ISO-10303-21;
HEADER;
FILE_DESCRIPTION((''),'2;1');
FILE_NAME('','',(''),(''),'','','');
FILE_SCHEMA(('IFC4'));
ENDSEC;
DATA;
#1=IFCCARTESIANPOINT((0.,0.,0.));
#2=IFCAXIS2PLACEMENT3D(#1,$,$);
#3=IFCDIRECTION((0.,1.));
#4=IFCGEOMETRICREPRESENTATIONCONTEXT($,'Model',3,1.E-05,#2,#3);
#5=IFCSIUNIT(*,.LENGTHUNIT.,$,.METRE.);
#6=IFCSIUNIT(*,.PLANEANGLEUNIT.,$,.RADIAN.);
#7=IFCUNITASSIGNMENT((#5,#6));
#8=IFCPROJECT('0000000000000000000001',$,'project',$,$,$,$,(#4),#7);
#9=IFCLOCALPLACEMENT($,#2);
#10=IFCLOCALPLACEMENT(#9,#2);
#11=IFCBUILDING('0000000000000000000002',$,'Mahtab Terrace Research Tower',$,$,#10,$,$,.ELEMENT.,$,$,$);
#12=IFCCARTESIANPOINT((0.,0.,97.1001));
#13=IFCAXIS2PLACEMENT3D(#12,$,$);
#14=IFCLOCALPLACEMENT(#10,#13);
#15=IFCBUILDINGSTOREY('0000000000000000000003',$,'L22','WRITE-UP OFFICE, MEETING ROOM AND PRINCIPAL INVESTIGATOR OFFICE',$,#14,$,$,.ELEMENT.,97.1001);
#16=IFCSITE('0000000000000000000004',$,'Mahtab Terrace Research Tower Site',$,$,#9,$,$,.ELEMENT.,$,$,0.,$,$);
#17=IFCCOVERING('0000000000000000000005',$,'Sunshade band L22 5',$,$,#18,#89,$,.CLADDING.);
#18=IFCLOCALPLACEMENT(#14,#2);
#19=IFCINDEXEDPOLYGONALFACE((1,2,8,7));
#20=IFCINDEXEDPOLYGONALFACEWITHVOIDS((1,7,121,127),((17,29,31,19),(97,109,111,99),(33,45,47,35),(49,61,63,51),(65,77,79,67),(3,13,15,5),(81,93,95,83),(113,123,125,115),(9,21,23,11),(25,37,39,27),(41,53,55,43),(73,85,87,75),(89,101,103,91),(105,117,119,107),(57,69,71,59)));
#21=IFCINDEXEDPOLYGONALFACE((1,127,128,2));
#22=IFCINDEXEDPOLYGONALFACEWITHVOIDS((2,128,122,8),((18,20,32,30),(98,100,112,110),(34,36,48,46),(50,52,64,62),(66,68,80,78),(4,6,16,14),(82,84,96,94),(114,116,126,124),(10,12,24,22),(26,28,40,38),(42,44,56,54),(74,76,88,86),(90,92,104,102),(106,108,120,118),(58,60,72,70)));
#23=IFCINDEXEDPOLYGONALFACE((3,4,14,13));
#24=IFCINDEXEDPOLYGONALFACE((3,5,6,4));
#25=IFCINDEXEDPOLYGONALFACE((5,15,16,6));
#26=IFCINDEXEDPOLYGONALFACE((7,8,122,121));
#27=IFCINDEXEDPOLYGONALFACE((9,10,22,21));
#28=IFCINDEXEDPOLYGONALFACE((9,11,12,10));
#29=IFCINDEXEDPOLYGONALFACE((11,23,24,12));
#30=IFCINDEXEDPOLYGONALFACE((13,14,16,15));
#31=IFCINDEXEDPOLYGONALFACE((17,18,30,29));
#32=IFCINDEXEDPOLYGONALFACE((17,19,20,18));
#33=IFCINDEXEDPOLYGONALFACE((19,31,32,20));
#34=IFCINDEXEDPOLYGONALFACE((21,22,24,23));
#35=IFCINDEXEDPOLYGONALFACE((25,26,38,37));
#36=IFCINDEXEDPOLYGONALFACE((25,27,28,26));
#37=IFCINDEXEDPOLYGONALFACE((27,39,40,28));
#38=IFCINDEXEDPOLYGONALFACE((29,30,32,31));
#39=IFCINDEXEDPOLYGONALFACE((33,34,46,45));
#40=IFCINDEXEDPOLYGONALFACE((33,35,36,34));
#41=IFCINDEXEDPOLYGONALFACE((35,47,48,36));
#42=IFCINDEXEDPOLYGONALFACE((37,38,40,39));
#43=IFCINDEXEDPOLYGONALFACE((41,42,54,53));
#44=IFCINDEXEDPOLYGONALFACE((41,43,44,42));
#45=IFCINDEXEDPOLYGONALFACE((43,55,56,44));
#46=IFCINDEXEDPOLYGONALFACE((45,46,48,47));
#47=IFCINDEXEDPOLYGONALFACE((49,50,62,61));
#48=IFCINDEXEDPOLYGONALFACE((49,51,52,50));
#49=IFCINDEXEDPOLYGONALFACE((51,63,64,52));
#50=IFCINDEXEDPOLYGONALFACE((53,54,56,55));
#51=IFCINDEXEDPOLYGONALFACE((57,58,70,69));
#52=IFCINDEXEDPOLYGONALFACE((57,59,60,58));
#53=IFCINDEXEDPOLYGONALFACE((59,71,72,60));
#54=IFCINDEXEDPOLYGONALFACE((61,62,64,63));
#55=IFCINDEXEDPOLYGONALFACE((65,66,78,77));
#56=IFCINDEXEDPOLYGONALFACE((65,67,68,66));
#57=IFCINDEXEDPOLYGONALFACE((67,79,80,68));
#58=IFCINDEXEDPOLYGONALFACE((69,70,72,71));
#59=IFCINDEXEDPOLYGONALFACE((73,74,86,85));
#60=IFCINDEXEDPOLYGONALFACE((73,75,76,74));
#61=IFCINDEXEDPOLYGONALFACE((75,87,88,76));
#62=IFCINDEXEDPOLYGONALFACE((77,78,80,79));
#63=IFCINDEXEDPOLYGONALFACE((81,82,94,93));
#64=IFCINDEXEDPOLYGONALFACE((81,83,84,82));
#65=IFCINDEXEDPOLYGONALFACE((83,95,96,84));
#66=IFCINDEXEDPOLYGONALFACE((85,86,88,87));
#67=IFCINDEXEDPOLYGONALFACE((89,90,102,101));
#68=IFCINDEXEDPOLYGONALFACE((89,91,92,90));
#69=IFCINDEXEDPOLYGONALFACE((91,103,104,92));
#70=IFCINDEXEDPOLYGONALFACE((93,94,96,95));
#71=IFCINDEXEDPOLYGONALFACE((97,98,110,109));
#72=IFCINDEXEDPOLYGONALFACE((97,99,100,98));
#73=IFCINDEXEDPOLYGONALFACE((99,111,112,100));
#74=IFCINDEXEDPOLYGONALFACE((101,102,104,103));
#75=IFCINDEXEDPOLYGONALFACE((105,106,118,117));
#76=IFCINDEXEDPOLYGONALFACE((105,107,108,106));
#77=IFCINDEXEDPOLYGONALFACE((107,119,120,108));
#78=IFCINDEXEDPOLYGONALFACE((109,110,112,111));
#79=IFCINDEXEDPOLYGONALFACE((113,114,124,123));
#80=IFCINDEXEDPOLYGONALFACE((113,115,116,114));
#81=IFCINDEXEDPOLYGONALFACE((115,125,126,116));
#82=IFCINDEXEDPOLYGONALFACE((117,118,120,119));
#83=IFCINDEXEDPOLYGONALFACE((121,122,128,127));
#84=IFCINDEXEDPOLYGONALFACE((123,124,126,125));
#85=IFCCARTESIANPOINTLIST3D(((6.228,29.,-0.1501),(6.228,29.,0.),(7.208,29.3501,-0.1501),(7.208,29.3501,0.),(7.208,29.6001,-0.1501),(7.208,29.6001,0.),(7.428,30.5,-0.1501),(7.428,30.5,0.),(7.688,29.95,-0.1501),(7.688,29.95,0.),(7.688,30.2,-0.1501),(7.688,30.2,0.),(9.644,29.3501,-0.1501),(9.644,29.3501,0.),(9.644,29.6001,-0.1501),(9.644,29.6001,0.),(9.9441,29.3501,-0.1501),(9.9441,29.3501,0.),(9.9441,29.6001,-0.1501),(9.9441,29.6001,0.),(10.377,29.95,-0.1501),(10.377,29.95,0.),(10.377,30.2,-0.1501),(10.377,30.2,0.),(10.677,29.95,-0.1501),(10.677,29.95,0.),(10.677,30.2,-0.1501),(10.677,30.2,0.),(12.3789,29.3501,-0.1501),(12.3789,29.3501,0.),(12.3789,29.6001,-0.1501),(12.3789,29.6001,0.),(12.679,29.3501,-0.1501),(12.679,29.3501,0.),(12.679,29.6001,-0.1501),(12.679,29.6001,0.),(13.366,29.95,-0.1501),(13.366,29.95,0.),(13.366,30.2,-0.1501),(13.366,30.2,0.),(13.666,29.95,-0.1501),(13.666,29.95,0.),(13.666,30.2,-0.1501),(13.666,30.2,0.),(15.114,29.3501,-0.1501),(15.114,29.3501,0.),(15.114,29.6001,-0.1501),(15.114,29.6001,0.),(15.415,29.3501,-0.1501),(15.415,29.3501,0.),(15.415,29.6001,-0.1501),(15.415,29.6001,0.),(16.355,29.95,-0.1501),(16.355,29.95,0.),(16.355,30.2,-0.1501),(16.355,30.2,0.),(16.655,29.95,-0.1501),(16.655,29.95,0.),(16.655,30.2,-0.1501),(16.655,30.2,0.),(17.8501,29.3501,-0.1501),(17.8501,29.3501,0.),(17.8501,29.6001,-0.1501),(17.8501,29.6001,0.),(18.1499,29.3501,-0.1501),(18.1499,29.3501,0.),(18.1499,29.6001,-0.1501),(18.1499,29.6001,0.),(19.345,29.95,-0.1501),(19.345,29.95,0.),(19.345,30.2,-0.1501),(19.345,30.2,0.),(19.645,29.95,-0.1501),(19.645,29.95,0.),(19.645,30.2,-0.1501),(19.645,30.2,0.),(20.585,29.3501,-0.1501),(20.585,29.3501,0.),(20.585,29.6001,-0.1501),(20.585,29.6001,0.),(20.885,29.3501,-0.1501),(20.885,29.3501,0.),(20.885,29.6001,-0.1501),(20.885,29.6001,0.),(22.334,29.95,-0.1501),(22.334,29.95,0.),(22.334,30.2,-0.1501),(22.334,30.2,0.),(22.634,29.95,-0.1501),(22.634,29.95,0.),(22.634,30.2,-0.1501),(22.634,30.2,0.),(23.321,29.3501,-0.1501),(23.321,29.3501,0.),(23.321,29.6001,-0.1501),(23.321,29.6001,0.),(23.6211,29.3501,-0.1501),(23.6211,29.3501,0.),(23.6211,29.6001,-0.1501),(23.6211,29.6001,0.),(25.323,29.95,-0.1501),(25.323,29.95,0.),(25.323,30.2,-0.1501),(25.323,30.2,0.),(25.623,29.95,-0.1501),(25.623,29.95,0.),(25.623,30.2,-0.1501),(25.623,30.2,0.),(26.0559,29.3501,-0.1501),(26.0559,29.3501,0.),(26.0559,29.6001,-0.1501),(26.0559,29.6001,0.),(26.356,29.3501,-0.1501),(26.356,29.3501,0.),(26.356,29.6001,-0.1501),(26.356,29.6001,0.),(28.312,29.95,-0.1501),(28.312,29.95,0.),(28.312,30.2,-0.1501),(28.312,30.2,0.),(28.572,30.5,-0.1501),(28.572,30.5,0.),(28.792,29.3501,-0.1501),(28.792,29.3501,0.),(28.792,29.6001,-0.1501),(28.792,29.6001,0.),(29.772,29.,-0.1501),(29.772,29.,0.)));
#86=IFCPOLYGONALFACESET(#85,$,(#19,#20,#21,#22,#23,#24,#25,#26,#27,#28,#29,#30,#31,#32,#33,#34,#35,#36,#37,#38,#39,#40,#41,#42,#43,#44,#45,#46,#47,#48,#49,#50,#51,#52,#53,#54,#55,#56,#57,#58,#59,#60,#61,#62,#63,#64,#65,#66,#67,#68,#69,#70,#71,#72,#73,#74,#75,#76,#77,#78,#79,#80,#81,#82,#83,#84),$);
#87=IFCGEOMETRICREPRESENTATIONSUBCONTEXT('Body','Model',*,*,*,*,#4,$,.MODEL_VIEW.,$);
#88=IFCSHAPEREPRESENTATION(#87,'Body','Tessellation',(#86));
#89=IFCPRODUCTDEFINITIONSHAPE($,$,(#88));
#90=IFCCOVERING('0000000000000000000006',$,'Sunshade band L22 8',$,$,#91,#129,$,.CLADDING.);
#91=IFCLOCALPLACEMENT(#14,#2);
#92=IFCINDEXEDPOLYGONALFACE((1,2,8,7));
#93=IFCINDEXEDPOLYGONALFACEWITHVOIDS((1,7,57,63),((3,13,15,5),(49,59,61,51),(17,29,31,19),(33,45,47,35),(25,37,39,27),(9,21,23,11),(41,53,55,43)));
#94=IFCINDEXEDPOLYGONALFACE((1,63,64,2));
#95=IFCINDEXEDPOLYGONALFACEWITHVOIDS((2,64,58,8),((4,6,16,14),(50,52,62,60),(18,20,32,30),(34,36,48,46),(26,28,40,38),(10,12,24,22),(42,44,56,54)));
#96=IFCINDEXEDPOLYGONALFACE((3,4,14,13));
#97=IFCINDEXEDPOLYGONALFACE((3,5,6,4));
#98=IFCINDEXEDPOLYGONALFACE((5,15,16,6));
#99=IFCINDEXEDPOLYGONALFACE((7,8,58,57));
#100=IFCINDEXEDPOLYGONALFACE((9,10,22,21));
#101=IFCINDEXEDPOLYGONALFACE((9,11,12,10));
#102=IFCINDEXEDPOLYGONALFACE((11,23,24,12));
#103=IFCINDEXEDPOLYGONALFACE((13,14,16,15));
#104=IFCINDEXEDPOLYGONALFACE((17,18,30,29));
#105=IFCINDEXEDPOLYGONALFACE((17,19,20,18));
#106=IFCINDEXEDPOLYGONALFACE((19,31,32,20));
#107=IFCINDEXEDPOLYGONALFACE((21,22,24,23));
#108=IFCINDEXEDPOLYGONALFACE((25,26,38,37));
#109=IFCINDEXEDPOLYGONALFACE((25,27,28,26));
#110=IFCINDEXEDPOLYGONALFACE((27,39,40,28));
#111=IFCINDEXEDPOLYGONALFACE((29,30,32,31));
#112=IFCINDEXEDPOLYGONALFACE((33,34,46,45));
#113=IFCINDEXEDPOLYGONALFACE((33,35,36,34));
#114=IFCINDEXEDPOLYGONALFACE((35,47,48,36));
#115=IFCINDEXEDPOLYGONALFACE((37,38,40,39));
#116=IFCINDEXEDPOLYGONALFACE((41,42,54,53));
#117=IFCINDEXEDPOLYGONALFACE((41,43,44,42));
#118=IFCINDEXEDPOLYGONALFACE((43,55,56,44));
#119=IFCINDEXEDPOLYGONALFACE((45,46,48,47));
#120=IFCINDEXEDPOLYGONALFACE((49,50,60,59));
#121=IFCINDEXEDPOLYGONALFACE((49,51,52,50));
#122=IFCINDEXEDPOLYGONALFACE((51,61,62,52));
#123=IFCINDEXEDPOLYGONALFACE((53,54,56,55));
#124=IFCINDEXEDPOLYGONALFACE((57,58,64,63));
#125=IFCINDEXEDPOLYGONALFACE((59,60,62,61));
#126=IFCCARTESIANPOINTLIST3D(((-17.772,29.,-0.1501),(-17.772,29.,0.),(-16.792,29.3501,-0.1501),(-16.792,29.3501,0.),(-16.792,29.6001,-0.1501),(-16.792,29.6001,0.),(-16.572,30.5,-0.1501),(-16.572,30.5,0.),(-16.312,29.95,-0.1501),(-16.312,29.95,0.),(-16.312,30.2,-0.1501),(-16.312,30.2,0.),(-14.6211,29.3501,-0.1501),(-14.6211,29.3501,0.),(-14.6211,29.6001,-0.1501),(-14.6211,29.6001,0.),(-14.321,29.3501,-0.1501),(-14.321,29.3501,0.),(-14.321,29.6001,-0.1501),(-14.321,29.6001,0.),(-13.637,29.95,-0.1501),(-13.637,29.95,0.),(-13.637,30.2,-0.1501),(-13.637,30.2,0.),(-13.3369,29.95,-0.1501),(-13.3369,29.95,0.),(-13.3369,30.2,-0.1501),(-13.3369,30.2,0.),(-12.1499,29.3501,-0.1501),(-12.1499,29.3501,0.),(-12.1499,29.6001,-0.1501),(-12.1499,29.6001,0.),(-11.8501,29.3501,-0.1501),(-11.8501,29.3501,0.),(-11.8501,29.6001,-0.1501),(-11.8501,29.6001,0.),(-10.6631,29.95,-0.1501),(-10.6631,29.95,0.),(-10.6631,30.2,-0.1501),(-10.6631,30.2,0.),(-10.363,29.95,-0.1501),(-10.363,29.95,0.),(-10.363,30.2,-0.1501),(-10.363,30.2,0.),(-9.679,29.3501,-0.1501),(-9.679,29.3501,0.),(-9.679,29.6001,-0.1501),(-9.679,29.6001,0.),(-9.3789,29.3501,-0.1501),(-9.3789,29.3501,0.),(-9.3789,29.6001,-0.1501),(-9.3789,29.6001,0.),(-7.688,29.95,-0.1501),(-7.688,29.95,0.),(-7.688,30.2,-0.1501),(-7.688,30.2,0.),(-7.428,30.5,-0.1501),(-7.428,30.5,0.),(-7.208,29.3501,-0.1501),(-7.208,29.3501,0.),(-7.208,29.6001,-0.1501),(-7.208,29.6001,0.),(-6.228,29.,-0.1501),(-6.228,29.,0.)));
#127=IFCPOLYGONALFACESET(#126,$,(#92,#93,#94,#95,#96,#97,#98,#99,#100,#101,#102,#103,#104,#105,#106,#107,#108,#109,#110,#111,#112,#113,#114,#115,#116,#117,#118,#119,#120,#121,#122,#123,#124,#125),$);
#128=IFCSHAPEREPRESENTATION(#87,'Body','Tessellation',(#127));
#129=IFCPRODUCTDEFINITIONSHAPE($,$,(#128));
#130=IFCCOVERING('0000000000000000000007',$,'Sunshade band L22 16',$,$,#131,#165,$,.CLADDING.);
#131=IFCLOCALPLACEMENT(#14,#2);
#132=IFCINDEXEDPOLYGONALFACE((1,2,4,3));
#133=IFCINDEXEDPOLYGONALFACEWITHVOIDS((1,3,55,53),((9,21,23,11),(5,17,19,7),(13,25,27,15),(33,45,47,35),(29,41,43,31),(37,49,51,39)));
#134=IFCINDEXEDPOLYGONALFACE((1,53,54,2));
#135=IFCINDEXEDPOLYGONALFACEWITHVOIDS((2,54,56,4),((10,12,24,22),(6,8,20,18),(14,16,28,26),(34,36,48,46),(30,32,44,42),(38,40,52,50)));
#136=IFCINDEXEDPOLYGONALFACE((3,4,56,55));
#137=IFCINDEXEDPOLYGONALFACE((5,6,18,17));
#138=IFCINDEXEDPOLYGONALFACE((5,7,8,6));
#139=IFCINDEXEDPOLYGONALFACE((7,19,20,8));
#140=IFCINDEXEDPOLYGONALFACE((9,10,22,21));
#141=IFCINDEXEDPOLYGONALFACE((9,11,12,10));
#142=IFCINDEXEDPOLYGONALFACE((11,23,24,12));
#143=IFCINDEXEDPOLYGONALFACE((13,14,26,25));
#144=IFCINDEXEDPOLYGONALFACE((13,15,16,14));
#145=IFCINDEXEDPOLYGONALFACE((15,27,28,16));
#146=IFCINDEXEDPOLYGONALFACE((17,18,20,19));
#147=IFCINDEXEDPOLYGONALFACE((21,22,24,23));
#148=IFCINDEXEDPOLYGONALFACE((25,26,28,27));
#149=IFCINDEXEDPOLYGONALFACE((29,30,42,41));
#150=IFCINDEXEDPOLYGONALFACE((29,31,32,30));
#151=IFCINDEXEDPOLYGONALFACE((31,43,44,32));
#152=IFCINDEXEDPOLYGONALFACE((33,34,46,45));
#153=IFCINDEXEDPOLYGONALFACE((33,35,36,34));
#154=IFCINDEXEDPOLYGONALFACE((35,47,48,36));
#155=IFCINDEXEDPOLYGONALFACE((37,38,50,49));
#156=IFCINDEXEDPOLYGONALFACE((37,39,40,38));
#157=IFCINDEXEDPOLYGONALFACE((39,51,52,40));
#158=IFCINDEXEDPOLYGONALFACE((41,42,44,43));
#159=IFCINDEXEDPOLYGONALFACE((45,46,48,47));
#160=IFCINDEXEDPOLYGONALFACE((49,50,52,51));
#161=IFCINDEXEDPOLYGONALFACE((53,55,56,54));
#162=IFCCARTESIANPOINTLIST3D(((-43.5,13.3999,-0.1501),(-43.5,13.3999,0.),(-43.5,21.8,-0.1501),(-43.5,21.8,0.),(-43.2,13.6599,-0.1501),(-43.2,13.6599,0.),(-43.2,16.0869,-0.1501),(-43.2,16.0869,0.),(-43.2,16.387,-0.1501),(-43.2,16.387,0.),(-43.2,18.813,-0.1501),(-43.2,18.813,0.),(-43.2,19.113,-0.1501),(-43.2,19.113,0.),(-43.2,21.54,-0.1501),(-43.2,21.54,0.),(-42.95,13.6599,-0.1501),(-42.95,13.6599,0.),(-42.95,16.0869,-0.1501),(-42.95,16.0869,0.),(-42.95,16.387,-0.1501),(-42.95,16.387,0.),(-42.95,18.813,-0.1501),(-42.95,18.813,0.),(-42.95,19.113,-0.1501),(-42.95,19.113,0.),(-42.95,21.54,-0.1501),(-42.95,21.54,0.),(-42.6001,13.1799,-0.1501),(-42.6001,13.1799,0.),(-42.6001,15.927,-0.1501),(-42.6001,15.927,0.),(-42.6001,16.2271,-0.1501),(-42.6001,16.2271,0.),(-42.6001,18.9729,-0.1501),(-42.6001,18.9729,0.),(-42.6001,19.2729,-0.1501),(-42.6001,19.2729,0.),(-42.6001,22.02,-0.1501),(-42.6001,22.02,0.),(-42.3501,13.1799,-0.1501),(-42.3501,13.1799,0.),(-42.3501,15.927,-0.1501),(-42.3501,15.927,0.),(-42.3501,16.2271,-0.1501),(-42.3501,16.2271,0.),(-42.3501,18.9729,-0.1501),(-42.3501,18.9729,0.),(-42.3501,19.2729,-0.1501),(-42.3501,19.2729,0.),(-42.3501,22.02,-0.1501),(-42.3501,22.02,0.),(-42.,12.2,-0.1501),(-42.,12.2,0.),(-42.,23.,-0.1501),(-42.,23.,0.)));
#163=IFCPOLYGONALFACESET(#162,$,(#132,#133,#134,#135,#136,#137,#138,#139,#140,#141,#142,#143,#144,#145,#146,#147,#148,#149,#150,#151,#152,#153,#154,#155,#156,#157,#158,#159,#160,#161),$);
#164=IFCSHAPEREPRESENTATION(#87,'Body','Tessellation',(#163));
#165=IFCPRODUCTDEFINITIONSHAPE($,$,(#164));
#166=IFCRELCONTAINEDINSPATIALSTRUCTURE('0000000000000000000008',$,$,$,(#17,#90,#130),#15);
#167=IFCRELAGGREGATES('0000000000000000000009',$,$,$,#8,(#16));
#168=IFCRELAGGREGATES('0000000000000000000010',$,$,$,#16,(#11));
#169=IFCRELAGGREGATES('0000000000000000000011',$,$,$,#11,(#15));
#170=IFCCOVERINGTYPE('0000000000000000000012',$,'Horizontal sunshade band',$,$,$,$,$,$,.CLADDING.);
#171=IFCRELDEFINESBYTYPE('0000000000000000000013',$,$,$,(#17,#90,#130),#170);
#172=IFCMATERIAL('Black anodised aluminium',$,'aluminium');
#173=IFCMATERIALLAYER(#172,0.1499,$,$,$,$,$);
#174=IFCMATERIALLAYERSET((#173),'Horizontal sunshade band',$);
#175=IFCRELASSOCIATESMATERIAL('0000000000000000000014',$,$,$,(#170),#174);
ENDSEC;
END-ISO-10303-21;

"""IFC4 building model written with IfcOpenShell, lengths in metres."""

from ifc_helpers import new_model, si_unit, direction, frame, origin, place, context, subcontext, project, spatial, polyline, outline, extrude, material, layer, layer_set, type_object, element, save


model = new_model("IFC4")

# Units and contexts
model_context = context("Model", 3, precision=1e-05, world=origin(), true_north=direction((0.0, 1.0)))
body_context = subcontext(model_context, "Body", "Model", "MODEL_VIEW")
ifc_project = project(units=[si_unit("LENGTHUNIT", "METRE"), si_unit("PLANEANGLEUNIT", "RADIAN")], contexts=[model_context])

# Site, building, storey
site_placement = place(None, origin())
site = spatial("IfcSite", under=ifc_project, at=site_placement, Name="Mahtab Terrace Research Tower Site", CompositionType="ELEMENT", RefElevation=0.0)
building_placement = place(site_placement, origin())
building = spatial("IfcBuilding", under=site, at=building_placement, Name="Mahtab Terrace Research Tower", CompositionType="ELEMENT")
storey_placement = place(building_placement, frame((0.0, 0.0, 97.1001)))
storey = spatial("IfcBuildingStorey", under=building, at=storey_placement, Name="L22", Description="WRITE-UP OFFICE, MEETING ROOM AND PRINCIPAL INVESTIGATOR OFFICE", CompositionType="ELEMENT", Elevation=97.1001)

# Coverings
ifc_material_1 = material(Name="Black anodised aluminium", Category="aluminium")
ifc_layer_1 = layer(ifc_material_1, 0.1499)
ifc_layer_set_1 = layer_set([ifc_layer_1], Name="Horizontal sunshade band")
covering_type_1 = type_object("IfcCoveringType", Name="Horizontal sunshade band", PredefinedType="CLADDING", material=ifc_layer_set_1)
covering_1_placement = place(storey_placement, frame((0.0, 0.0, -0.1501)))
element("IfcCovering", 1, at=covering_1_placement, inside=storey, type_object=covering_type_1, Name="Sunshade band L22 5", PredefinedType="CLADDING", context=body_context, shape_type="SweptSolid", body=[
    extrude(outline(polyline([(29.772, 29.0), (6.228, 29.0), (7.428, 30.5), (28.572, 30.5), (29.772, 29.0)]), holes=[polyline([(28.792, 29.3501), (26.356, 29.3501), (26.356, 29.6001), (28.792, 29.6001), (28.792, 29.3501)]), polyline([(26.0559, 29.3501), (23.6211, 29.3501), (23.6211, 29.6001), (26.0559, 29.6001), (26.0559, 29.3501)]), polyline([(23.321, 29.3501), (20.885, 29.3501), (20.885, 29.6001), (23.321, 29.6001), (23.321, 29.3501)]), polyline([(20.585, 29.3501), (18.1499, 29.3501), (18.1499, 29.6001), (20.585, 29.6001), (20.585, 29.3501)]), polyline([(17.8501, 29.3501), (15.415, 29.3501), (15.415, 29.6001), (17.8501, 29.6001), (17.8501, 29.3501)]), polyline([(15.114, 29.3501), (12.679, 29.3501), (12.679, 29.6001), (15.114, 29.6001), (15.114, 29.3501)]), polyline([(12.3789, 29.3501), (9.9441, 29.3501), (9.9441, 29.6001), (12.3789, 29.6001), (12.3789, 29.3501)]), polyline([(9.644, 29.3501), (7.208, 29.3501), (7.208, 29.6001), (9.644, 29.6001), (9.644, 29.3501)]), polyline([(28.312, 29.95), (25.623, 29.95), (25.623, 30.2), (28.312, 30.2), (28.312, 29.95)]), polyline([(25.323, 29.95), (22.634, 29.95), (22.634, 30.2), (25.323, 30.2), (25.323, 29.95)]), polyline([(22.334, 29.95), (19.645, 29.95), (19.645, 30.2), (22.334, 30.2), (22.334, 29.95)]), polyline([(19.345, 29.95), (16.655, 29.95), (16.655, 30.2), (19.345, 30.2), (19.345, 29.95)]), polyline([(16.355, 29.95), (13.666, 29.95), (13.666, 30.2), (16.355, 30.2), (16.355, 29.95)]), polyline([(13.366, 29.95), (10.677, 29.95), (10.677, 30.2), (13.366, 30.2), (13.366, 29.95)]), polyline([(10.377, 29.95), (7.688, 29.95), (7.688, 30.2), (10.377, 30.2), (10.377, 29.95)])]), origin(), (0.0, 0.0, 1.0), 0.1501),
])
covering_2_placement = place(storey_placement, frame((0.0, 0.0, -0.1501)))
element("IfcCovering", 2, at=covering_2_placement, inside=storey, type_object=covering_type_1, Name="Sunshade band L22 8", PredefinedType="CLADDING", context=body_context, shape_type="SweptSolid", body=[
    extrude(outline(polyline([(-6.228, 29.0), (-17.772, 29.0), (-16.572, 30.5), (-7.428, 30.5), (-6.228, 29.0)]), holes=[polyline([(-7.208, 29.3501), (-9.3789, 29.3501), (-9.3789, 29.6001), (-7.208, 29.6001), (-7.208, 29.3501)]), polyline([(-9.679, 29.3501), (-11.8501, 29.3501), (-11.8501, 29.6001), (-9.679, 29.6001), (-9.679, 29.3501)]), polyline([(-12.1499, 29.3501), (-14.321, 29.3501), (-14.321, 29.6001), (-12.1499, 29.6001), (-12.1499, 29.3501)]), polyline([(-14.6211, 29.3501), (-16.792, 29.3501), (-16.792, 29.6001), (-14.6211, 29.6001), (-14.6211, 29.3501)]), polyline([(-7.688, 29.95), (-10.363, 29.95), (-10.363, 30.2), (-7.688, 30.2), (-7.688, 29.95)]), polyline([(-10.6631, 29.95), (-13.3369, 29.95), (-13.3369, 30.2), (-10.6631, 30.2), (-10.6631, 29.95)]), polyline([(-13.637, 29.95), (-16.312, 29.95), (-16.312, 30.2), (-13.637, 30.2), (-13.637, 29.95)])]), origin(), (0.0, 0.0, 1.0), 0.1501),
])
covering_3_placement = place(storey_placement, frame((0.0, 0.0, -0.1501)))
element("IfcCovering", 3, at=covering_3_placement, inside=storey, type_object=covering_type_1, Name="Sunshade band L22 16", PredefinedType="CLADDING", context=body_context, shape_type="SweptSolid", body=[
    extrude(outline(polyline([(-42.0, 23.0), (-42.0, 12.2), (-43.5, 13.3999), (-43.5, 21.8), (-42.0, 23.0)]), holes=[polyline([(-42.3501, 22.02), (-42.3501, 19.2729), (-42.6001, 19.2729), (-42.6001, 22.02), (-42.3501, 22.02)]), polyline([(-42.3501, 18.9729), (-42.3501, 16.2271), (-42.6001, 16.2271), (-42.6001, 18.9729), (-42.3501, 18.9729)]), polyline([(-42.3501, 15.927), (-42.3501, 13.1799), (-42.6001, 13.1799), (-42.6001, 15.927), (-42.3501, 15.927)]), polyline([(-42.95, 21.54), (-42.95, 19.113), (-43.2, 19.113), (-43.2, 21.54), (-42.95, 21.54)]), polyline([(-42.95, 18.813), (-42.95, 16.387), (-43.2, 16.387), (-43.2, 18.813), (-42.95, 18.813)]), polyline([(-42.95, 16.0869), (-42.95, 13.6599), (-43.2, 13.6599), (-43.2, 16.0869), (-42.95, 16.0869)])]), origin(), (0.0, 0.0, 1.0), 0.1501),
])

save(model, "model.ifc")
